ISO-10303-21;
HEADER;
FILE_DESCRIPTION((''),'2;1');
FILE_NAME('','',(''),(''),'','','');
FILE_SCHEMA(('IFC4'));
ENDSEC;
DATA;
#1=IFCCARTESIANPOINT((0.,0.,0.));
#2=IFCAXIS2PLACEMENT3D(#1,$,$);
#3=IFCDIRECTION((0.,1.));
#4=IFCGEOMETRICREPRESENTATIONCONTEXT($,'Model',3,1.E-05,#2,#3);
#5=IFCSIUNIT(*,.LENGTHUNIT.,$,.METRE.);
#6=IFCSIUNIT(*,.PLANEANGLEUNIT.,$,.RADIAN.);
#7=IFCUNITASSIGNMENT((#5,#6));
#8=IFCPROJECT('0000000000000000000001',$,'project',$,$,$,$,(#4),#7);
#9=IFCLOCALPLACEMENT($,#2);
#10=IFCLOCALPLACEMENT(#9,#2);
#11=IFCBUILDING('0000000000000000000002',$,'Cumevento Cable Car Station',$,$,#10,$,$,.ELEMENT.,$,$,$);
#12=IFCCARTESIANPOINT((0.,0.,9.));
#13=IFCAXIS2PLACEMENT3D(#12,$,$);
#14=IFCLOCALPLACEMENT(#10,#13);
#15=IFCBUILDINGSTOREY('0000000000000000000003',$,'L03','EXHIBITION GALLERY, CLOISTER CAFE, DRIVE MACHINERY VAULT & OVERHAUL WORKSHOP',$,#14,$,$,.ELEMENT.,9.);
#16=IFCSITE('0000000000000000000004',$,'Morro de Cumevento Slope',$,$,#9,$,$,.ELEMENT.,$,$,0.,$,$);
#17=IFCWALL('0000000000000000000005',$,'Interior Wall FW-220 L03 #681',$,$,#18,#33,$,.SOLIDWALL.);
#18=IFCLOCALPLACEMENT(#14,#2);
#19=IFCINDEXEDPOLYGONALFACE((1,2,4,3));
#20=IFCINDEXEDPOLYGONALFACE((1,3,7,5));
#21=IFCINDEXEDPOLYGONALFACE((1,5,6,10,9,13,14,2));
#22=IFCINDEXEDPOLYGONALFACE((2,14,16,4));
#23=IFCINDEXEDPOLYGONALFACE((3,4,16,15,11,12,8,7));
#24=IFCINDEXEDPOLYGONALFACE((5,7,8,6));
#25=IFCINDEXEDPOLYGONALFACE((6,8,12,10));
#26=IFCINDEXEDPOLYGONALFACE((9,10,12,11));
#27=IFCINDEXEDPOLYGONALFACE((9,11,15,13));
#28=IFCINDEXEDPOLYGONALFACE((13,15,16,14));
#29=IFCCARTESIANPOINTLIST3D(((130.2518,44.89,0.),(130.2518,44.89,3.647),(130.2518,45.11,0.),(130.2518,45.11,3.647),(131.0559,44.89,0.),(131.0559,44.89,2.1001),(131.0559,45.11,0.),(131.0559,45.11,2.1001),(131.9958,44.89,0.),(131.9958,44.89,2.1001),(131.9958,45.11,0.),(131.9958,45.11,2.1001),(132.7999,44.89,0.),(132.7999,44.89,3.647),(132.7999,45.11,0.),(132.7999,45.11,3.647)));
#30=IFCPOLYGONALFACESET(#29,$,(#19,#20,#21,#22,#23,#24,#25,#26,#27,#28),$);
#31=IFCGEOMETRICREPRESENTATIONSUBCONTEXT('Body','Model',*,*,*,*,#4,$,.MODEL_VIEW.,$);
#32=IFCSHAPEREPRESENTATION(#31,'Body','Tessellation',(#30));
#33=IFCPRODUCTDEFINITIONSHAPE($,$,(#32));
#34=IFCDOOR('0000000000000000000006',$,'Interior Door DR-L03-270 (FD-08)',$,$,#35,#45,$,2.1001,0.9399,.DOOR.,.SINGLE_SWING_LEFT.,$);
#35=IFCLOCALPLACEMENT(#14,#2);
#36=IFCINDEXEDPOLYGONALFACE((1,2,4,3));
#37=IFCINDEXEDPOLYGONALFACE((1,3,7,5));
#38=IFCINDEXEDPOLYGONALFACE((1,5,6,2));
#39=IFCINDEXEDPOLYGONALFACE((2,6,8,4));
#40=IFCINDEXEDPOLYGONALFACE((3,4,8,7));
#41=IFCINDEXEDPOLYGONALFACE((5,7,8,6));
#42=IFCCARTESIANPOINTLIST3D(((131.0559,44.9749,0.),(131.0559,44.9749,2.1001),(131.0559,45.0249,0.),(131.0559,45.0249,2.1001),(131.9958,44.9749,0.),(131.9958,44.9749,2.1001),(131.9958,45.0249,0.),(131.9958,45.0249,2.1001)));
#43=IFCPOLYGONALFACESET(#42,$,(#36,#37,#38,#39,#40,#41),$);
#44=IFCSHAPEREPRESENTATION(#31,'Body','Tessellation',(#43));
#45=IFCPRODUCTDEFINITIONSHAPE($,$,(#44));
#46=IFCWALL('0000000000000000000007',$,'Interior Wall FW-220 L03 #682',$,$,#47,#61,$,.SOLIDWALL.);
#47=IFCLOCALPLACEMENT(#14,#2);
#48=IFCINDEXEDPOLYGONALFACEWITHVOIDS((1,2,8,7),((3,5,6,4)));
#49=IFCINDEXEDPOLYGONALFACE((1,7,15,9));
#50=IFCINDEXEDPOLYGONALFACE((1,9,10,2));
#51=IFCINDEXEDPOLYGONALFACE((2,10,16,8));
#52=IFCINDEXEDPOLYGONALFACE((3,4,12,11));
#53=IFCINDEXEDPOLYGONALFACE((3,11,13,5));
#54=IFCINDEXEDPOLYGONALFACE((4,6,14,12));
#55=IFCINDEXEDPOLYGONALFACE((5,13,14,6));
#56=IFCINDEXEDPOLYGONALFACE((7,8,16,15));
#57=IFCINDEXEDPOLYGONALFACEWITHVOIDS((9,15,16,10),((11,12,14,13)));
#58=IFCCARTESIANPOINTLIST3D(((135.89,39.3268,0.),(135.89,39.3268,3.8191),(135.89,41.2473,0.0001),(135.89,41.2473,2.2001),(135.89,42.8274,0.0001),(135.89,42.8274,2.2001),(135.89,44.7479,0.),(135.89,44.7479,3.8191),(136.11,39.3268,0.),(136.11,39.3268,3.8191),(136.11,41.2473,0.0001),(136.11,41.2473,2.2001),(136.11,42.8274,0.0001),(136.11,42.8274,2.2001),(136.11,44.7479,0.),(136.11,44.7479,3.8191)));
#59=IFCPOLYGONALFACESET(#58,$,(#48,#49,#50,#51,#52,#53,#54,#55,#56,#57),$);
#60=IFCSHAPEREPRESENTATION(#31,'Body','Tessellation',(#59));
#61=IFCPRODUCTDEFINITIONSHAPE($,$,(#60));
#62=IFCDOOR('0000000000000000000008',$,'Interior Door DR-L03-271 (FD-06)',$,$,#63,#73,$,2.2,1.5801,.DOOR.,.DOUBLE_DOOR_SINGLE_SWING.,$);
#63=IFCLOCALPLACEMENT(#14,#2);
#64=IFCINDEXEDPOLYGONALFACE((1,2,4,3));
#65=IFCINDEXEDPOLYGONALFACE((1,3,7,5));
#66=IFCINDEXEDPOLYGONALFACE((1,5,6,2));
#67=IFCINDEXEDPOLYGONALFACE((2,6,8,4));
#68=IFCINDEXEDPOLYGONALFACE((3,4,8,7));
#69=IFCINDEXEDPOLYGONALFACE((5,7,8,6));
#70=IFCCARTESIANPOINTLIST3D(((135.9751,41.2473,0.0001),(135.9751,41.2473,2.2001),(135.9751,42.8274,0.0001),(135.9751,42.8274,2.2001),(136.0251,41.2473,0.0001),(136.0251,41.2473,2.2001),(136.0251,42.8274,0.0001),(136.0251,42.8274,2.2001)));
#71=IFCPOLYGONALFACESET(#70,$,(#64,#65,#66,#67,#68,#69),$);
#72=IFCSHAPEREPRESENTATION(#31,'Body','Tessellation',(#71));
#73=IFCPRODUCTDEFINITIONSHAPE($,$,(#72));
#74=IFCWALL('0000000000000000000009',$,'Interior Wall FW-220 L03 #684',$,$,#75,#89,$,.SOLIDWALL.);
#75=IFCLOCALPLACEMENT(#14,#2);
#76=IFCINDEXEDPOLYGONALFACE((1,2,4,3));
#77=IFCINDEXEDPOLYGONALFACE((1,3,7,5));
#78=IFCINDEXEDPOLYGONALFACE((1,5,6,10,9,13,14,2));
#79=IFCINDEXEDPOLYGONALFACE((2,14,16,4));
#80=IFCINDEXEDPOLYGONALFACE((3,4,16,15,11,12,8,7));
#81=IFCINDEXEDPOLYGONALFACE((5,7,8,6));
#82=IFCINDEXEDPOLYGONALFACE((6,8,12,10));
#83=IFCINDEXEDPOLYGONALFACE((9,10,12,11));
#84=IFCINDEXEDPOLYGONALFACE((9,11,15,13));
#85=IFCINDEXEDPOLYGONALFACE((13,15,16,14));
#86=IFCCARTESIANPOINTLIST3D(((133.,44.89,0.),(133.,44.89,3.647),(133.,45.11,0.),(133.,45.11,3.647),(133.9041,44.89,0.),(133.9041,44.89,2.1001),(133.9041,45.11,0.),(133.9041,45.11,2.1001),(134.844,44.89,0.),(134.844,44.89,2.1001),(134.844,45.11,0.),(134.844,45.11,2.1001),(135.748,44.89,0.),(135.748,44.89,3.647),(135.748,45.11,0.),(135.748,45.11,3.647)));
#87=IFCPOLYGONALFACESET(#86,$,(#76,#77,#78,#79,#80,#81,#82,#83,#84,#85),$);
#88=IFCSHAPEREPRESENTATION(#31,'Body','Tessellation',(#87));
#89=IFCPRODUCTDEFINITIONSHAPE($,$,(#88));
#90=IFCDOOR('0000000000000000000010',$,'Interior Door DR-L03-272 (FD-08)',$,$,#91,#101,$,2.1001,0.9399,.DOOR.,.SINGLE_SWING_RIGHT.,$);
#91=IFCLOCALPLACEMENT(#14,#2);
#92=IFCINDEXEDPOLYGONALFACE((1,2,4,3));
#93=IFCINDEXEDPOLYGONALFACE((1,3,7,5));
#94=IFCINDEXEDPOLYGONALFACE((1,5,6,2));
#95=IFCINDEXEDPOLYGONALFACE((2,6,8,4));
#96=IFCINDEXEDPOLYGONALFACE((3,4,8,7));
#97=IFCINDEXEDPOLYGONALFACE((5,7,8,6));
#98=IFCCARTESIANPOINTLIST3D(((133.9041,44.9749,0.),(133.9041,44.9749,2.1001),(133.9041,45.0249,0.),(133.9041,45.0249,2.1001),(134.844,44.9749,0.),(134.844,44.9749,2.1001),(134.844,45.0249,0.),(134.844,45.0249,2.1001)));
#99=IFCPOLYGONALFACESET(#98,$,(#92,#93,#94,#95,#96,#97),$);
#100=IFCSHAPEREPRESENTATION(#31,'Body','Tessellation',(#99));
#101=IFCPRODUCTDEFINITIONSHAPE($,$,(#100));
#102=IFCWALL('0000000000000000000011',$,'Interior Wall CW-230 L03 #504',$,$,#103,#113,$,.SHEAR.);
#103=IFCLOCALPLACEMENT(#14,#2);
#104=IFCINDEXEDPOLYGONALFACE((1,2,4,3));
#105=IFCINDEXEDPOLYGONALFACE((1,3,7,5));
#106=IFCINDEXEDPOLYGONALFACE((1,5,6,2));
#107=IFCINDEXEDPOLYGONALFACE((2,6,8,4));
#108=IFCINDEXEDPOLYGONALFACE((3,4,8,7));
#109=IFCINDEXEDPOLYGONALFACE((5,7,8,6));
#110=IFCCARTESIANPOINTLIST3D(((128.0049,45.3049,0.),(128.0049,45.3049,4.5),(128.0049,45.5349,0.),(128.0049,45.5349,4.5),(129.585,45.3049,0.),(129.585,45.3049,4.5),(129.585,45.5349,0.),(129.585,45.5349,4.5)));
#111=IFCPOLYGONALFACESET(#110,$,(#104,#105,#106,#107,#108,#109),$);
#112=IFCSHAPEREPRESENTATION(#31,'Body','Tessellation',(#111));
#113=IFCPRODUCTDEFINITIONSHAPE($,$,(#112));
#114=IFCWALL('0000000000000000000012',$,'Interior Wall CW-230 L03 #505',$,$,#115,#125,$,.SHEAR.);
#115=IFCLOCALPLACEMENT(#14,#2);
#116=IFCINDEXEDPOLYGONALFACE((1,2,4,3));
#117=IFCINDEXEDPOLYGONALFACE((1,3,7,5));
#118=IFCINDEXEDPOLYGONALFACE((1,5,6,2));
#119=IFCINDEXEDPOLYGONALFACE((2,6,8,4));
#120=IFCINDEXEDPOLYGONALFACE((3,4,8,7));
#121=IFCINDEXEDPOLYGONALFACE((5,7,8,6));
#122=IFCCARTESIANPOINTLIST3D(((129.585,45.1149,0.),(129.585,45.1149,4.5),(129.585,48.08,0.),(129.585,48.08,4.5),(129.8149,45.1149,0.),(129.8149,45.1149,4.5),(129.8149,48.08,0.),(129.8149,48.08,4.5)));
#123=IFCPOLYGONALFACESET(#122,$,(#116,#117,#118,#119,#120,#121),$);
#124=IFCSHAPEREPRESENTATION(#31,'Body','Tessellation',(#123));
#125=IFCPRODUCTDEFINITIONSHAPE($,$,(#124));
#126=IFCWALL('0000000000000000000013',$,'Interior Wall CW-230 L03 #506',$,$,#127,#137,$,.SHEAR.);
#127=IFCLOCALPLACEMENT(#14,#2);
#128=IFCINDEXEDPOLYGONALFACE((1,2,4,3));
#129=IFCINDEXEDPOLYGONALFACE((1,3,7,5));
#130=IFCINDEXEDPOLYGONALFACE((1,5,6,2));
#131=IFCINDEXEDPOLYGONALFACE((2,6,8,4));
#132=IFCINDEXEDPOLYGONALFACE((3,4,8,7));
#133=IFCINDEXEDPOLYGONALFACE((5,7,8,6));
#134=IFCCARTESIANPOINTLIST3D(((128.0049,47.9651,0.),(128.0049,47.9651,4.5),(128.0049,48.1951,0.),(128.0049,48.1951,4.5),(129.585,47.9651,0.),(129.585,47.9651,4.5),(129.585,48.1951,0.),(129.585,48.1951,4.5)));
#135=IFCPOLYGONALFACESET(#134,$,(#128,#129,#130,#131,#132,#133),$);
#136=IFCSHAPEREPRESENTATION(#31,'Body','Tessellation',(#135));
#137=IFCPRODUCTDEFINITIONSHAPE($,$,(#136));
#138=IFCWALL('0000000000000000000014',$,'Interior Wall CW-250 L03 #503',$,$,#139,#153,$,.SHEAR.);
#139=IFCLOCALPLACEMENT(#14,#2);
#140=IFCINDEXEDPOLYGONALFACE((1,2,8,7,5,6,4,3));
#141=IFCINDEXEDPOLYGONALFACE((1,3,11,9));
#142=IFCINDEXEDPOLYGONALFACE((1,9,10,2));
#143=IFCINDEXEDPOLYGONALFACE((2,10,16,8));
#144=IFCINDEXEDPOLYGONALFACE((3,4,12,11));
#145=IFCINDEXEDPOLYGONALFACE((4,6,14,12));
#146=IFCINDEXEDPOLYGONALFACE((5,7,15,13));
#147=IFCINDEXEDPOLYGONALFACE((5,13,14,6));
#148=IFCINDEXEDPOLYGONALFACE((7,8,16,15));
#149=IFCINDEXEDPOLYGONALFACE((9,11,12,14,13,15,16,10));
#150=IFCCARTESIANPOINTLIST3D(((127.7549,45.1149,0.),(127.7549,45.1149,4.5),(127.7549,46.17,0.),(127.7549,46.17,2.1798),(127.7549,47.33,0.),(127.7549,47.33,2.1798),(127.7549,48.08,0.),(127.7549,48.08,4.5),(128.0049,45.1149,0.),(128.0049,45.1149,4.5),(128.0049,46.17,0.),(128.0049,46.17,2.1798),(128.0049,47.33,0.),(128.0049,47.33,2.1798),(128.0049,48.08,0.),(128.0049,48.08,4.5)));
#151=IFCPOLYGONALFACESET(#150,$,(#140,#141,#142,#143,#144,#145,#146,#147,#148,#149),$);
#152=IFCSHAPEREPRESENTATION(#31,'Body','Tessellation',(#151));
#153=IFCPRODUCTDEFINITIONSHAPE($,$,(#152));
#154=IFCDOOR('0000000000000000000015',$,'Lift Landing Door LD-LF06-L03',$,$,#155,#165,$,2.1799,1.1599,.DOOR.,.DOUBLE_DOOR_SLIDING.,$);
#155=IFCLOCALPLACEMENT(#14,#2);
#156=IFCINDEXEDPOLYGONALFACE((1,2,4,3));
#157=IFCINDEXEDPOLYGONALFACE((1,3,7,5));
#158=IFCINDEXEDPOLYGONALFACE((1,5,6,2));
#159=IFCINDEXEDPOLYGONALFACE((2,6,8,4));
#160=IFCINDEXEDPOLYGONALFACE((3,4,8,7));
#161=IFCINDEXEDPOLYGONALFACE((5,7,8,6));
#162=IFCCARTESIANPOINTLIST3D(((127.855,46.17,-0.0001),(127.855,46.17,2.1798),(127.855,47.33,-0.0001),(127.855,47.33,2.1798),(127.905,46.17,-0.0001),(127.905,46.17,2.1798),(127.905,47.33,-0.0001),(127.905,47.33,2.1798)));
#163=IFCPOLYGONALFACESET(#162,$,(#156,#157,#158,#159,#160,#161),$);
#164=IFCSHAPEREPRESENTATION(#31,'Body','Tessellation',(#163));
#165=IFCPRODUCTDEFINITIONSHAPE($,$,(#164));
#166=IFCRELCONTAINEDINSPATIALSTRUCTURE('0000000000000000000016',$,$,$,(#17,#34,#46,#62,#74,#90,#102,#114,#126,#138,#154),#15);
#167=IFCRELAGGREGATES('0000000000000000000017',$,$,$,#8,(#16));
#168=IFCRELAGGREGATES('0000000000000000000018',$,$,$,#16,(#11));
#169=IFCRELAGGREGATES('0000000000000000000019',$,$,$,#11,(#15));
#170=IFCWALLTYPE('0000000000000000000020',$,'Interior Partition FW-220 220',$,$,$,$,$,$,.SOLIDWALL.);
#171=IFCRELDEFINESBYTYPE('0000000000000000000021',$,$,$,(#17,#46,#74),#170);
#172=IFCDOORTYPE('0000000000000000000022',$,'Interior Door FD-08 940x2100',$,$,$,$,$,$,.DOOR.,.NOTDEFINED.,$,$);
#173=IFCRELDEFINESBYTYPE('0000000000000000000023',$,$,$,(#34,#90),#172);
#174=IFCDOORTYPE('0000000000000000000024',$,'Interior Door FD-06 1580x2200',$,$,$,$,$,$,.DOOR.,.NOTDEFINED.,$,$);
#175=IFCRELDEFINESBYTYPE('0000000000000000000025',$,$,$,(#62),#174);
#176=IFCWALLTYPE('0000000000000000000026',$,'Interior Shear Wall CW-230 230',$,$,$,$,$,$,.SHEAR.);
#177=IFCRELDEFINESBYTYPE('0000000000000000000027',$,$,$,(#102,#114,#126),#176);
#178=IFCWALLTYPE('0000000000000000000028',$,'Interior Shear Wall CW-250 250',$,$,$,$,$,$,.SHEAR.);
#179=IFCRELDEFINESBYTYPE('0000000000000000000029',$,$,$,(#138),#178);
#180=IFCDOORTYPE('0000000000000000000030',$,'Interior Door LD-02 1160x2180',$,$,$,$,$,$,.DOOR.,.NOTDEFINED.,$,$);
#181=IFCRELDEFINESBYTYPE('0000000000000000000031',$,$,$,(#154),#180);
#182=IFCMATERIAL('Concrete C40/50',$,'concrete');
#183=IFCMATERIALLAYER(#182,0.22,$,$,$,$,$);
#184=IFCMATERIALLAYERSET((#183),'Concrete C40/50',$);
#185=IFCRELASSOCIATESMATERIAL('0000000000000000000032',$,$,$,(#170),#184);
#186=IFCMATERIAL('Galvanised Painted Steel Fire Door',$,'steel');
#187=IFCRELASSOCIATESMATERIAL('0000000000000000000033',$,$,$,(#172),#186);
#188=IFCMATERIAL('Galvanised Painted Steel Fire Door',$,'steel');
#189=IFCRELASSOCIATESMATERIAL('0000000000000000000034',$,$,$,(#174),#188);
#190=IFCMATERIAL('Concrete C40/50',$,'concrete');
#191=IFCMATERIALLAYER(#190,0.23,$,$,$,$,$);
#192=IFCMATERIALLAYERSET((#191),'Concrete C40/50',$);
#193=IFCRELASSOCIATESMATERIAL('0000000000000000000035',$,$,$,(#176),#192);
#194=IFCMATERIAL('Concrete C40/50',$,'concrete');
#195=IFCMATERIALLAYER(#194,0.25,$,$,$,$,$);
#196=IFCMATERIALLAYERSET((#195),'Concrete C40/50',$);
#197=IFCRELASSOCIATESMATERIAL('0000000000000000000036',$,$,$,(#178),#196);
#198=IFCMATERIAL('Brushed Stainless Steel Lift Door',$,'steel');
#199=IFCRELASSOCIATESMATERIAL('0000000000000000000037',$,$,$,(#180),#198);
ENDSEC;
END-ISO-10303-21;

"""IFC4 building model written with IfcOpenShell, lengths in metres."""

from ifc_helpers import new_model, si_unit, direction, frame, frame_2d, origin, place, context, subcontext, project, spatial, rectangle, extrude, material, layer, layer_set, type_object, element, fill, save


model = new_model("IFC4")

# Units and contexts
model_context = context("Model", 3, precision=1e-05, world=origin(), true_north=direction((0.0, 1.0)))
body_context = subcontext(model_context, "Body", "Model", "MODEL_VIEW")
ifc_project = project(units=[si_unit("LENGTHUNIT", "METRE"), si_unit("PLANEANGLEUNIT", "RADIAN")], contexts=[model_context])

# Site, building, storey
site_placement = place(None, origin())
site = spatial("IfcSite", under=ifc_project, at=site_placement, Name="Morro de Cumevento Slope", CompositionType="ELEMENT", RefElevation=0.0)
building_placement = place(site_placement, origin())
building = spatial("IfcBuilding", under=site, at=building_placement, Name="Cumevento Cable Car Station", CompositionType="ELEMENT")
storey_placement = place(building_placement, frame((0.0, 0.0, 9.0)))
storey = spatial("IfcBuildingStorey", under=building, at=storey_placement, Name="L03", Description="EXHIBITION GALLERY, CLOISTER CAFE, DRIVE MACHINERY VAULT & OVERHAUL WORKSHOP", CompositionType="ELEMENT", Elevation=9.0)

# Walls, openings, doors
ifc_material_1 = material(Name="Concrete C40/50", Category="concrete")
ifc_layer_1 = layer(ifc_material_1, 0.22)
ifc_layer_set_1 = layer_set([ifc_layer_1], Name="Concrete C40/50")
wall_type_1 = type_object("IfcWallType", Name="Interior Partition FW-220 220", PredefinedType="SOLIDWALL", material=ifc_layer_set_1)
wall_1_placement = place(storey_placement, frame((130.252, 45.0, 0.0), z_axis=(0.0, 0.0, 1.0), x_axis=(1.0, 0.0, 0.0)))
wall_1 = element("IfcWall", 1, at=wall_1_placement, inside=storey, type_object=wall_type_1, Name="Interior Wall FW-220 L03 #681", PredefinedType="SOLIDWALL", context=body_context, shape_type="SweptSolid", body=[
    extrude(rectangle(XDim=2.5481, YDim=0.22, at=frame_2d((1.2739, 0.0))), origin(), (0.0, 0.0, 1.0), 3.647),
])
opening_1_placement = place(wall_1_placement, frame((0.804, 0.0, 0.0)))
opening_1 = element("IfcOpeningElement", 2, at=opening_1_placement, cuts=wall_1, PredefinedType="OPENING", context=body_context, shape_type="SweptSolid", body=[
    extrude(rectangle(XDim=0.9399, YDim=2.1001, at=frame_2d((0.47, 1.05))), frame((0.0, 0.1199, 0.0), z_axis=(0.0, -1.0, 0.0), x_axis=(1.0, 0.0, 0.0)), (0.0, 0.0, 1.0), 0.24),
])
ifc_material_2 = material(Name="Galvanised Painted Steel Fire Door", Category="steel")
door_type_1 = type_object("IfcDoorType", Name="Interior Door FD-08 940x2100", OperationType="NOTDEFINED", PredefinedType="DOOR", material=ifc_material_2)
door_1_placement = place(opening_1_placement, origin())
door_1 = element("IfcDoor", 3, at=door_1_placement, inside=storey, type_object=door_type_1, Name="Interior Door DR-L03-270 (FD-08)", OperationType="SINGLE_SWING_LEFT", OverallHeight=2.1001, OverallWidth=0.9399, PredefinedType="DOOR", context=body_context, shape_type="SweptSolid", body=[
    extrude(rectangle(XDim=0.9399, YDim=2.1001, at=frame_2d((0.47, 1.05))), frame((0.0, 0.0249, 0.0), z_axis=(0.0, -1.0, 0.0), x_axis=(1.0, 0.0, 0.0)), (0.0, 0.0, 1.0), 0.05),
])
fill(opening_1, door_1)
wall_2_placement = place(storey_placement, frame((136.0, 39.3269, 0.0), z_axis=(0.0, 0.0, 1.0), x_axis=(0.0, 1.0, 0.0)))
wall_2 = element("IfcWall", 4, at=wall_2_placement, inside=storey, type_object=wall_type_1, Name="Interior Wall FW-220 L03 #682", PredefinedType="SOLIDWALL", context=body_context, shape_type="SweptSolid", body=[
    extrude(rectangle(XDim=5.4211, YDim=0.22, at=frame_2d((2.7104, 0.0))), origin(), (0.0, 0.0, 1.0), 3.8191),
])
opening_2_placement = place(wall_2_placement, frame((1.9204, 0.0, 0.0)))
opening_2 = element("IfcOpeningElement", 5, at=opening_2_placement, cuts=wall_2, PredefinedType="OPENING", context=body_context, shape_type="SweptSolid", body=[
    extrude(rectangle(XDim=1.5801, YDim=2.2, at=frame_2d((0.79, 1.1001))), frame((0.0, 0.1199, 0.0), z_axis=(0.0, -1.0, 0.0), x_axis=(1.0, 0.0, 0.0)), (0.0, 0.0, 1.0), 0.24),
])
ifc_material_3 = material(Name="Galvanised Painted Steel Fire Door", Category="steel")
door_type_2 = type_object("IfcDoorType", Name="Interior Door FD-06 1580x2200", OperationType="NOTDEFINED", PredefinedType="DOOR", material=ifc_material_3)
door_2_placement = place(opening_2_placement, origin())
door_2 = element("IfcDoor", 6, at=door_2_placement, inside=storey, type_object=door_type_2, Name="Interior Door DR-L03-271 (FD-06)", OperationType="DOUBLE_DOOR_SINGLE_SWING", OverallHeight=2.2, OverallWidth=1.5801, PredefinedType="DOOR", context=body_context, shape_type="SweptSolid", body=[
    extrude(rectangle(XDim=1.5801, YDim=2.2, at=frame_2d((0.79, 1.1001))), frame((0.0, 0.0249, 0.0), z_axis=(0.0, -1.0, 0.0), x_axis=(1.0, 0.0, 0.0)), (0.0, 0.0, 1.0), 0.05),
])
fill(opening_2, door_2)
wall_3_placement = place(storey_placement, frame((133.0, 45.0, 0.0), z_axis=(0.0, 0.0, 1.0), x_axis=(1.0, 0.0, 0.0)))
wall_3 = element("IfcWall", 7, at=wall_3_placement, inside=storey, type_object=wall_type_1, Name="Interior Wall FW-220 L03 #684", PredefinedType="SOLIDWALL", context=body_context, shape_type="SweptSolid", body=[
    extrude(rectangle(XDim=2.748, YDim=0.22, at=frame_2d((1.374, 0.0))), origin(), (0.0, 0.0, 1.0), 3.647),
])
opening_3_placement = place(wall_3_placement, frame((0.9041, 0.0, 0.0)))
opening_3 = element("IfcOpeningElement", 8, at=opening_3_placement, cuts=wall_3, PredefinedType="OPENING", context=body_context, shape_type="SweptSolid", body=[
    extrude(rectangle(XDim=0.9399, YDim=2.1001, at=frame_2d((0.47, 1.05))), frame((0.0, 0.1199, 0.0), z_axis=(0.0, -1.0, 0.0), x_axis=(1.0, 0.0, 0.0)), (0.0, 0.0, 1.0), 0.24),
])
door_3_placement = place(opening_3_placement, origin())
door_3 = element("IfcDoor", 9, at=door_3_placement, inside=storey, type_object=door_type_1, Name="Interior Door DR-L03-272 (FD-08)", OperationType="SINGLE_SWING_RIGHT", OverallHeight=2.1001, OverallWidth=0.9399, PredefinedType="DOOR", context=body_context, shape_type="SweptSolid", body=[
    extrude(rectangle(XDim=0.9399, YDim=2.1001, at=frame_2d((0.47, 1.05))), frame((0.0, 0.0249, 0.0), z_axis=(0.0, -1.0, 0.0), x_axis=(1.0, 0.0, 0.0)), (0.0, 0.0, 1.0), 0.05),
])
fill(opening_3, door_3)

# Walls
ifc_material_4 = material(Name="Concrete C40/50", Category="concrete")
ifc_layer_2 = layer(ifc_material_4, 0.23)
ifc_layer_set_2 = layer_set([ifc_layer_2], Name="Concrete C40/50")
wall_type_2 = type_object("IfcWallType", Name="Interior Shear Wall CW-230 230", PredefinedType="SHEAR", material=ifc_layer_set_2)
wall_4_placement = place(storey_placement, frame((128.0049, 45.4199, 0.0), z_axis=(0.0, 0.0, 1.0), x_axis=(1.0, 0.0, 0.0)))
element("IfcWall", 10, at=wall_4_placement, inside=storey, type_object=wall_type_2, Name="Interior Wall CW-230 L03 #504", PredefinedType="SHEAR", context=body_context, shape_type="SweptSolid", body=[
    extrude(rectangle(XDim=1.5801, YDim=0.23, at=frame_2d((0.79, 0.0))), origin(), (0.0, 0.0, 1.0), 4.5),
])
wall_5_placement = place(storey_placement, frame((129.7, 45.115, 0.0), z_axis=(0.0, 0.0, 1.0), x_axis=(0.0, 1.0, 0.0)))
element("IfcWall", 11, at=wall_5_placement, inside=storey, type_object=wall_type_2, Name="Interior Wall CW-230 L03 #505", PredefinedType="SHEAR", context=body_context, shape_type="SweptSolid", body=[
    extrude(rectangle(XDim=2.9651, YDim=0.23, at=frame_2d((1.4824, 0.0))), origin(), (0.0, 0.0, 1.0), 4.5),
])
wall_6_placement = place(storey_placement, frame((128.0049, 48.0801, 0.0), z_axis=(0.0, 0.0, 1.0), x_axis=(1.0, 0.0, 0.0)))
element("IfcWall", 12, at=wall_6_placement, inside=storey, type_object=wall_type_2, Name="Interior Wall CW-230 L03 #506", PredefinedType="SHEAR", context=body_context, shape_type="SweptSolid", body=[
    extrude(rectangle(XDim=1.5801, YDim=0.23, at=frame_2d((0.79, 0.0))), origin(), (0.0, 0.0, 1.0), 4.5),
])

# Wall, opening, door
ifc_material_5 = material(Name="Concrete C40/50", Category="concrete")
ifc_layer_3 = layer(ifc_material_5, 0.25)
ifc_layer_set_3 = layer_set([ifc_layer_3], Name="Concrete C40/50")
wall_type_3 = type_object("IfcWallType", Name="Interior Shear Wall CW-250 250", PredefinedType="SHEAR", material=ifc_layer_set_3)
wall_7_placement = place(storey_placement, frame((127.8799, 45.115, 0.0), z_axis=(0.0, 0.0, 1.0), x_axis=(0.0, 1.0, 0.0)))
wall_7 = element("IfcWall", 13, at=wall_7_placement, inside=storey, type_object=wall_type_3, Name="Interior Wall CW-250 L03 #503", PredefinedType="SHEAR", context=body_context, shape_type="SweptSolid", body=[
    extrude(rectangle(XDim=2.9651, YDim=0.25, at=frame_2d((1.4824, 0.0))), origin(), (0.0, 0.0, 1.0), 4.5),
])
opening_4_placement = place(wall_7_placement, frame((1.0549, 0.0, 0.0)))
opening_4 = element("IfcOpeningElement", 14, at=opening_4_placement, cuts=wall_7, PredefinedType="OPENING", context=body_context, shape_type="SweptSolid", body=[
    extrude(rectangle(XDim=1.1599, YDim=2.1799, at=frame_2d((0.5801, 1.0898))), frame((0.0, 0.135, 0.0), z_axis=(0.0, -1.0, 0.0), x_axis=(1.0, 0.0, 0.0)), (0.0, 0.0, 1.0), 0.27),
])
ifc_material_6 = material(Name="Brushed Stainless Steel Lift Door", Category="steel")
door_type_3 = type_object("IfcDoorType", Name="Interior Door LD-02 1160x2180", OperationType="NOTDEFINED", PredefinedType="DOOR", material=ifc_material_6)
door_4_placement = place(opening_4_placement, origin())
door_4 = element("IfcDoor", 15, at=door_4_placement, inside=storey, type_object=door_type_3, Name="Lift Landing Door LD-LF06-L03", OperationType="DOUBLE_DOOR_SLIDING", OverallHeight=2.1799, OverallWidth=1.1599, PredefinedType="DOOR", context=body_context, shape_type="SweptSolid", body=[
    extrude(rectangle(XDim=1.1599, YDim=2.1799, at=frame_2d((0.5801, 1.0898))), frame((0.0, 0.0249, 0.0), z_axis=(0.0, -1.0, 0.0), x_axis=(1.0, 0.0, 0.0)), (0.0, 0.0, 1.0), 0.05),
])
fill(opening_4, door_4)

save(model, "model.ifc")
